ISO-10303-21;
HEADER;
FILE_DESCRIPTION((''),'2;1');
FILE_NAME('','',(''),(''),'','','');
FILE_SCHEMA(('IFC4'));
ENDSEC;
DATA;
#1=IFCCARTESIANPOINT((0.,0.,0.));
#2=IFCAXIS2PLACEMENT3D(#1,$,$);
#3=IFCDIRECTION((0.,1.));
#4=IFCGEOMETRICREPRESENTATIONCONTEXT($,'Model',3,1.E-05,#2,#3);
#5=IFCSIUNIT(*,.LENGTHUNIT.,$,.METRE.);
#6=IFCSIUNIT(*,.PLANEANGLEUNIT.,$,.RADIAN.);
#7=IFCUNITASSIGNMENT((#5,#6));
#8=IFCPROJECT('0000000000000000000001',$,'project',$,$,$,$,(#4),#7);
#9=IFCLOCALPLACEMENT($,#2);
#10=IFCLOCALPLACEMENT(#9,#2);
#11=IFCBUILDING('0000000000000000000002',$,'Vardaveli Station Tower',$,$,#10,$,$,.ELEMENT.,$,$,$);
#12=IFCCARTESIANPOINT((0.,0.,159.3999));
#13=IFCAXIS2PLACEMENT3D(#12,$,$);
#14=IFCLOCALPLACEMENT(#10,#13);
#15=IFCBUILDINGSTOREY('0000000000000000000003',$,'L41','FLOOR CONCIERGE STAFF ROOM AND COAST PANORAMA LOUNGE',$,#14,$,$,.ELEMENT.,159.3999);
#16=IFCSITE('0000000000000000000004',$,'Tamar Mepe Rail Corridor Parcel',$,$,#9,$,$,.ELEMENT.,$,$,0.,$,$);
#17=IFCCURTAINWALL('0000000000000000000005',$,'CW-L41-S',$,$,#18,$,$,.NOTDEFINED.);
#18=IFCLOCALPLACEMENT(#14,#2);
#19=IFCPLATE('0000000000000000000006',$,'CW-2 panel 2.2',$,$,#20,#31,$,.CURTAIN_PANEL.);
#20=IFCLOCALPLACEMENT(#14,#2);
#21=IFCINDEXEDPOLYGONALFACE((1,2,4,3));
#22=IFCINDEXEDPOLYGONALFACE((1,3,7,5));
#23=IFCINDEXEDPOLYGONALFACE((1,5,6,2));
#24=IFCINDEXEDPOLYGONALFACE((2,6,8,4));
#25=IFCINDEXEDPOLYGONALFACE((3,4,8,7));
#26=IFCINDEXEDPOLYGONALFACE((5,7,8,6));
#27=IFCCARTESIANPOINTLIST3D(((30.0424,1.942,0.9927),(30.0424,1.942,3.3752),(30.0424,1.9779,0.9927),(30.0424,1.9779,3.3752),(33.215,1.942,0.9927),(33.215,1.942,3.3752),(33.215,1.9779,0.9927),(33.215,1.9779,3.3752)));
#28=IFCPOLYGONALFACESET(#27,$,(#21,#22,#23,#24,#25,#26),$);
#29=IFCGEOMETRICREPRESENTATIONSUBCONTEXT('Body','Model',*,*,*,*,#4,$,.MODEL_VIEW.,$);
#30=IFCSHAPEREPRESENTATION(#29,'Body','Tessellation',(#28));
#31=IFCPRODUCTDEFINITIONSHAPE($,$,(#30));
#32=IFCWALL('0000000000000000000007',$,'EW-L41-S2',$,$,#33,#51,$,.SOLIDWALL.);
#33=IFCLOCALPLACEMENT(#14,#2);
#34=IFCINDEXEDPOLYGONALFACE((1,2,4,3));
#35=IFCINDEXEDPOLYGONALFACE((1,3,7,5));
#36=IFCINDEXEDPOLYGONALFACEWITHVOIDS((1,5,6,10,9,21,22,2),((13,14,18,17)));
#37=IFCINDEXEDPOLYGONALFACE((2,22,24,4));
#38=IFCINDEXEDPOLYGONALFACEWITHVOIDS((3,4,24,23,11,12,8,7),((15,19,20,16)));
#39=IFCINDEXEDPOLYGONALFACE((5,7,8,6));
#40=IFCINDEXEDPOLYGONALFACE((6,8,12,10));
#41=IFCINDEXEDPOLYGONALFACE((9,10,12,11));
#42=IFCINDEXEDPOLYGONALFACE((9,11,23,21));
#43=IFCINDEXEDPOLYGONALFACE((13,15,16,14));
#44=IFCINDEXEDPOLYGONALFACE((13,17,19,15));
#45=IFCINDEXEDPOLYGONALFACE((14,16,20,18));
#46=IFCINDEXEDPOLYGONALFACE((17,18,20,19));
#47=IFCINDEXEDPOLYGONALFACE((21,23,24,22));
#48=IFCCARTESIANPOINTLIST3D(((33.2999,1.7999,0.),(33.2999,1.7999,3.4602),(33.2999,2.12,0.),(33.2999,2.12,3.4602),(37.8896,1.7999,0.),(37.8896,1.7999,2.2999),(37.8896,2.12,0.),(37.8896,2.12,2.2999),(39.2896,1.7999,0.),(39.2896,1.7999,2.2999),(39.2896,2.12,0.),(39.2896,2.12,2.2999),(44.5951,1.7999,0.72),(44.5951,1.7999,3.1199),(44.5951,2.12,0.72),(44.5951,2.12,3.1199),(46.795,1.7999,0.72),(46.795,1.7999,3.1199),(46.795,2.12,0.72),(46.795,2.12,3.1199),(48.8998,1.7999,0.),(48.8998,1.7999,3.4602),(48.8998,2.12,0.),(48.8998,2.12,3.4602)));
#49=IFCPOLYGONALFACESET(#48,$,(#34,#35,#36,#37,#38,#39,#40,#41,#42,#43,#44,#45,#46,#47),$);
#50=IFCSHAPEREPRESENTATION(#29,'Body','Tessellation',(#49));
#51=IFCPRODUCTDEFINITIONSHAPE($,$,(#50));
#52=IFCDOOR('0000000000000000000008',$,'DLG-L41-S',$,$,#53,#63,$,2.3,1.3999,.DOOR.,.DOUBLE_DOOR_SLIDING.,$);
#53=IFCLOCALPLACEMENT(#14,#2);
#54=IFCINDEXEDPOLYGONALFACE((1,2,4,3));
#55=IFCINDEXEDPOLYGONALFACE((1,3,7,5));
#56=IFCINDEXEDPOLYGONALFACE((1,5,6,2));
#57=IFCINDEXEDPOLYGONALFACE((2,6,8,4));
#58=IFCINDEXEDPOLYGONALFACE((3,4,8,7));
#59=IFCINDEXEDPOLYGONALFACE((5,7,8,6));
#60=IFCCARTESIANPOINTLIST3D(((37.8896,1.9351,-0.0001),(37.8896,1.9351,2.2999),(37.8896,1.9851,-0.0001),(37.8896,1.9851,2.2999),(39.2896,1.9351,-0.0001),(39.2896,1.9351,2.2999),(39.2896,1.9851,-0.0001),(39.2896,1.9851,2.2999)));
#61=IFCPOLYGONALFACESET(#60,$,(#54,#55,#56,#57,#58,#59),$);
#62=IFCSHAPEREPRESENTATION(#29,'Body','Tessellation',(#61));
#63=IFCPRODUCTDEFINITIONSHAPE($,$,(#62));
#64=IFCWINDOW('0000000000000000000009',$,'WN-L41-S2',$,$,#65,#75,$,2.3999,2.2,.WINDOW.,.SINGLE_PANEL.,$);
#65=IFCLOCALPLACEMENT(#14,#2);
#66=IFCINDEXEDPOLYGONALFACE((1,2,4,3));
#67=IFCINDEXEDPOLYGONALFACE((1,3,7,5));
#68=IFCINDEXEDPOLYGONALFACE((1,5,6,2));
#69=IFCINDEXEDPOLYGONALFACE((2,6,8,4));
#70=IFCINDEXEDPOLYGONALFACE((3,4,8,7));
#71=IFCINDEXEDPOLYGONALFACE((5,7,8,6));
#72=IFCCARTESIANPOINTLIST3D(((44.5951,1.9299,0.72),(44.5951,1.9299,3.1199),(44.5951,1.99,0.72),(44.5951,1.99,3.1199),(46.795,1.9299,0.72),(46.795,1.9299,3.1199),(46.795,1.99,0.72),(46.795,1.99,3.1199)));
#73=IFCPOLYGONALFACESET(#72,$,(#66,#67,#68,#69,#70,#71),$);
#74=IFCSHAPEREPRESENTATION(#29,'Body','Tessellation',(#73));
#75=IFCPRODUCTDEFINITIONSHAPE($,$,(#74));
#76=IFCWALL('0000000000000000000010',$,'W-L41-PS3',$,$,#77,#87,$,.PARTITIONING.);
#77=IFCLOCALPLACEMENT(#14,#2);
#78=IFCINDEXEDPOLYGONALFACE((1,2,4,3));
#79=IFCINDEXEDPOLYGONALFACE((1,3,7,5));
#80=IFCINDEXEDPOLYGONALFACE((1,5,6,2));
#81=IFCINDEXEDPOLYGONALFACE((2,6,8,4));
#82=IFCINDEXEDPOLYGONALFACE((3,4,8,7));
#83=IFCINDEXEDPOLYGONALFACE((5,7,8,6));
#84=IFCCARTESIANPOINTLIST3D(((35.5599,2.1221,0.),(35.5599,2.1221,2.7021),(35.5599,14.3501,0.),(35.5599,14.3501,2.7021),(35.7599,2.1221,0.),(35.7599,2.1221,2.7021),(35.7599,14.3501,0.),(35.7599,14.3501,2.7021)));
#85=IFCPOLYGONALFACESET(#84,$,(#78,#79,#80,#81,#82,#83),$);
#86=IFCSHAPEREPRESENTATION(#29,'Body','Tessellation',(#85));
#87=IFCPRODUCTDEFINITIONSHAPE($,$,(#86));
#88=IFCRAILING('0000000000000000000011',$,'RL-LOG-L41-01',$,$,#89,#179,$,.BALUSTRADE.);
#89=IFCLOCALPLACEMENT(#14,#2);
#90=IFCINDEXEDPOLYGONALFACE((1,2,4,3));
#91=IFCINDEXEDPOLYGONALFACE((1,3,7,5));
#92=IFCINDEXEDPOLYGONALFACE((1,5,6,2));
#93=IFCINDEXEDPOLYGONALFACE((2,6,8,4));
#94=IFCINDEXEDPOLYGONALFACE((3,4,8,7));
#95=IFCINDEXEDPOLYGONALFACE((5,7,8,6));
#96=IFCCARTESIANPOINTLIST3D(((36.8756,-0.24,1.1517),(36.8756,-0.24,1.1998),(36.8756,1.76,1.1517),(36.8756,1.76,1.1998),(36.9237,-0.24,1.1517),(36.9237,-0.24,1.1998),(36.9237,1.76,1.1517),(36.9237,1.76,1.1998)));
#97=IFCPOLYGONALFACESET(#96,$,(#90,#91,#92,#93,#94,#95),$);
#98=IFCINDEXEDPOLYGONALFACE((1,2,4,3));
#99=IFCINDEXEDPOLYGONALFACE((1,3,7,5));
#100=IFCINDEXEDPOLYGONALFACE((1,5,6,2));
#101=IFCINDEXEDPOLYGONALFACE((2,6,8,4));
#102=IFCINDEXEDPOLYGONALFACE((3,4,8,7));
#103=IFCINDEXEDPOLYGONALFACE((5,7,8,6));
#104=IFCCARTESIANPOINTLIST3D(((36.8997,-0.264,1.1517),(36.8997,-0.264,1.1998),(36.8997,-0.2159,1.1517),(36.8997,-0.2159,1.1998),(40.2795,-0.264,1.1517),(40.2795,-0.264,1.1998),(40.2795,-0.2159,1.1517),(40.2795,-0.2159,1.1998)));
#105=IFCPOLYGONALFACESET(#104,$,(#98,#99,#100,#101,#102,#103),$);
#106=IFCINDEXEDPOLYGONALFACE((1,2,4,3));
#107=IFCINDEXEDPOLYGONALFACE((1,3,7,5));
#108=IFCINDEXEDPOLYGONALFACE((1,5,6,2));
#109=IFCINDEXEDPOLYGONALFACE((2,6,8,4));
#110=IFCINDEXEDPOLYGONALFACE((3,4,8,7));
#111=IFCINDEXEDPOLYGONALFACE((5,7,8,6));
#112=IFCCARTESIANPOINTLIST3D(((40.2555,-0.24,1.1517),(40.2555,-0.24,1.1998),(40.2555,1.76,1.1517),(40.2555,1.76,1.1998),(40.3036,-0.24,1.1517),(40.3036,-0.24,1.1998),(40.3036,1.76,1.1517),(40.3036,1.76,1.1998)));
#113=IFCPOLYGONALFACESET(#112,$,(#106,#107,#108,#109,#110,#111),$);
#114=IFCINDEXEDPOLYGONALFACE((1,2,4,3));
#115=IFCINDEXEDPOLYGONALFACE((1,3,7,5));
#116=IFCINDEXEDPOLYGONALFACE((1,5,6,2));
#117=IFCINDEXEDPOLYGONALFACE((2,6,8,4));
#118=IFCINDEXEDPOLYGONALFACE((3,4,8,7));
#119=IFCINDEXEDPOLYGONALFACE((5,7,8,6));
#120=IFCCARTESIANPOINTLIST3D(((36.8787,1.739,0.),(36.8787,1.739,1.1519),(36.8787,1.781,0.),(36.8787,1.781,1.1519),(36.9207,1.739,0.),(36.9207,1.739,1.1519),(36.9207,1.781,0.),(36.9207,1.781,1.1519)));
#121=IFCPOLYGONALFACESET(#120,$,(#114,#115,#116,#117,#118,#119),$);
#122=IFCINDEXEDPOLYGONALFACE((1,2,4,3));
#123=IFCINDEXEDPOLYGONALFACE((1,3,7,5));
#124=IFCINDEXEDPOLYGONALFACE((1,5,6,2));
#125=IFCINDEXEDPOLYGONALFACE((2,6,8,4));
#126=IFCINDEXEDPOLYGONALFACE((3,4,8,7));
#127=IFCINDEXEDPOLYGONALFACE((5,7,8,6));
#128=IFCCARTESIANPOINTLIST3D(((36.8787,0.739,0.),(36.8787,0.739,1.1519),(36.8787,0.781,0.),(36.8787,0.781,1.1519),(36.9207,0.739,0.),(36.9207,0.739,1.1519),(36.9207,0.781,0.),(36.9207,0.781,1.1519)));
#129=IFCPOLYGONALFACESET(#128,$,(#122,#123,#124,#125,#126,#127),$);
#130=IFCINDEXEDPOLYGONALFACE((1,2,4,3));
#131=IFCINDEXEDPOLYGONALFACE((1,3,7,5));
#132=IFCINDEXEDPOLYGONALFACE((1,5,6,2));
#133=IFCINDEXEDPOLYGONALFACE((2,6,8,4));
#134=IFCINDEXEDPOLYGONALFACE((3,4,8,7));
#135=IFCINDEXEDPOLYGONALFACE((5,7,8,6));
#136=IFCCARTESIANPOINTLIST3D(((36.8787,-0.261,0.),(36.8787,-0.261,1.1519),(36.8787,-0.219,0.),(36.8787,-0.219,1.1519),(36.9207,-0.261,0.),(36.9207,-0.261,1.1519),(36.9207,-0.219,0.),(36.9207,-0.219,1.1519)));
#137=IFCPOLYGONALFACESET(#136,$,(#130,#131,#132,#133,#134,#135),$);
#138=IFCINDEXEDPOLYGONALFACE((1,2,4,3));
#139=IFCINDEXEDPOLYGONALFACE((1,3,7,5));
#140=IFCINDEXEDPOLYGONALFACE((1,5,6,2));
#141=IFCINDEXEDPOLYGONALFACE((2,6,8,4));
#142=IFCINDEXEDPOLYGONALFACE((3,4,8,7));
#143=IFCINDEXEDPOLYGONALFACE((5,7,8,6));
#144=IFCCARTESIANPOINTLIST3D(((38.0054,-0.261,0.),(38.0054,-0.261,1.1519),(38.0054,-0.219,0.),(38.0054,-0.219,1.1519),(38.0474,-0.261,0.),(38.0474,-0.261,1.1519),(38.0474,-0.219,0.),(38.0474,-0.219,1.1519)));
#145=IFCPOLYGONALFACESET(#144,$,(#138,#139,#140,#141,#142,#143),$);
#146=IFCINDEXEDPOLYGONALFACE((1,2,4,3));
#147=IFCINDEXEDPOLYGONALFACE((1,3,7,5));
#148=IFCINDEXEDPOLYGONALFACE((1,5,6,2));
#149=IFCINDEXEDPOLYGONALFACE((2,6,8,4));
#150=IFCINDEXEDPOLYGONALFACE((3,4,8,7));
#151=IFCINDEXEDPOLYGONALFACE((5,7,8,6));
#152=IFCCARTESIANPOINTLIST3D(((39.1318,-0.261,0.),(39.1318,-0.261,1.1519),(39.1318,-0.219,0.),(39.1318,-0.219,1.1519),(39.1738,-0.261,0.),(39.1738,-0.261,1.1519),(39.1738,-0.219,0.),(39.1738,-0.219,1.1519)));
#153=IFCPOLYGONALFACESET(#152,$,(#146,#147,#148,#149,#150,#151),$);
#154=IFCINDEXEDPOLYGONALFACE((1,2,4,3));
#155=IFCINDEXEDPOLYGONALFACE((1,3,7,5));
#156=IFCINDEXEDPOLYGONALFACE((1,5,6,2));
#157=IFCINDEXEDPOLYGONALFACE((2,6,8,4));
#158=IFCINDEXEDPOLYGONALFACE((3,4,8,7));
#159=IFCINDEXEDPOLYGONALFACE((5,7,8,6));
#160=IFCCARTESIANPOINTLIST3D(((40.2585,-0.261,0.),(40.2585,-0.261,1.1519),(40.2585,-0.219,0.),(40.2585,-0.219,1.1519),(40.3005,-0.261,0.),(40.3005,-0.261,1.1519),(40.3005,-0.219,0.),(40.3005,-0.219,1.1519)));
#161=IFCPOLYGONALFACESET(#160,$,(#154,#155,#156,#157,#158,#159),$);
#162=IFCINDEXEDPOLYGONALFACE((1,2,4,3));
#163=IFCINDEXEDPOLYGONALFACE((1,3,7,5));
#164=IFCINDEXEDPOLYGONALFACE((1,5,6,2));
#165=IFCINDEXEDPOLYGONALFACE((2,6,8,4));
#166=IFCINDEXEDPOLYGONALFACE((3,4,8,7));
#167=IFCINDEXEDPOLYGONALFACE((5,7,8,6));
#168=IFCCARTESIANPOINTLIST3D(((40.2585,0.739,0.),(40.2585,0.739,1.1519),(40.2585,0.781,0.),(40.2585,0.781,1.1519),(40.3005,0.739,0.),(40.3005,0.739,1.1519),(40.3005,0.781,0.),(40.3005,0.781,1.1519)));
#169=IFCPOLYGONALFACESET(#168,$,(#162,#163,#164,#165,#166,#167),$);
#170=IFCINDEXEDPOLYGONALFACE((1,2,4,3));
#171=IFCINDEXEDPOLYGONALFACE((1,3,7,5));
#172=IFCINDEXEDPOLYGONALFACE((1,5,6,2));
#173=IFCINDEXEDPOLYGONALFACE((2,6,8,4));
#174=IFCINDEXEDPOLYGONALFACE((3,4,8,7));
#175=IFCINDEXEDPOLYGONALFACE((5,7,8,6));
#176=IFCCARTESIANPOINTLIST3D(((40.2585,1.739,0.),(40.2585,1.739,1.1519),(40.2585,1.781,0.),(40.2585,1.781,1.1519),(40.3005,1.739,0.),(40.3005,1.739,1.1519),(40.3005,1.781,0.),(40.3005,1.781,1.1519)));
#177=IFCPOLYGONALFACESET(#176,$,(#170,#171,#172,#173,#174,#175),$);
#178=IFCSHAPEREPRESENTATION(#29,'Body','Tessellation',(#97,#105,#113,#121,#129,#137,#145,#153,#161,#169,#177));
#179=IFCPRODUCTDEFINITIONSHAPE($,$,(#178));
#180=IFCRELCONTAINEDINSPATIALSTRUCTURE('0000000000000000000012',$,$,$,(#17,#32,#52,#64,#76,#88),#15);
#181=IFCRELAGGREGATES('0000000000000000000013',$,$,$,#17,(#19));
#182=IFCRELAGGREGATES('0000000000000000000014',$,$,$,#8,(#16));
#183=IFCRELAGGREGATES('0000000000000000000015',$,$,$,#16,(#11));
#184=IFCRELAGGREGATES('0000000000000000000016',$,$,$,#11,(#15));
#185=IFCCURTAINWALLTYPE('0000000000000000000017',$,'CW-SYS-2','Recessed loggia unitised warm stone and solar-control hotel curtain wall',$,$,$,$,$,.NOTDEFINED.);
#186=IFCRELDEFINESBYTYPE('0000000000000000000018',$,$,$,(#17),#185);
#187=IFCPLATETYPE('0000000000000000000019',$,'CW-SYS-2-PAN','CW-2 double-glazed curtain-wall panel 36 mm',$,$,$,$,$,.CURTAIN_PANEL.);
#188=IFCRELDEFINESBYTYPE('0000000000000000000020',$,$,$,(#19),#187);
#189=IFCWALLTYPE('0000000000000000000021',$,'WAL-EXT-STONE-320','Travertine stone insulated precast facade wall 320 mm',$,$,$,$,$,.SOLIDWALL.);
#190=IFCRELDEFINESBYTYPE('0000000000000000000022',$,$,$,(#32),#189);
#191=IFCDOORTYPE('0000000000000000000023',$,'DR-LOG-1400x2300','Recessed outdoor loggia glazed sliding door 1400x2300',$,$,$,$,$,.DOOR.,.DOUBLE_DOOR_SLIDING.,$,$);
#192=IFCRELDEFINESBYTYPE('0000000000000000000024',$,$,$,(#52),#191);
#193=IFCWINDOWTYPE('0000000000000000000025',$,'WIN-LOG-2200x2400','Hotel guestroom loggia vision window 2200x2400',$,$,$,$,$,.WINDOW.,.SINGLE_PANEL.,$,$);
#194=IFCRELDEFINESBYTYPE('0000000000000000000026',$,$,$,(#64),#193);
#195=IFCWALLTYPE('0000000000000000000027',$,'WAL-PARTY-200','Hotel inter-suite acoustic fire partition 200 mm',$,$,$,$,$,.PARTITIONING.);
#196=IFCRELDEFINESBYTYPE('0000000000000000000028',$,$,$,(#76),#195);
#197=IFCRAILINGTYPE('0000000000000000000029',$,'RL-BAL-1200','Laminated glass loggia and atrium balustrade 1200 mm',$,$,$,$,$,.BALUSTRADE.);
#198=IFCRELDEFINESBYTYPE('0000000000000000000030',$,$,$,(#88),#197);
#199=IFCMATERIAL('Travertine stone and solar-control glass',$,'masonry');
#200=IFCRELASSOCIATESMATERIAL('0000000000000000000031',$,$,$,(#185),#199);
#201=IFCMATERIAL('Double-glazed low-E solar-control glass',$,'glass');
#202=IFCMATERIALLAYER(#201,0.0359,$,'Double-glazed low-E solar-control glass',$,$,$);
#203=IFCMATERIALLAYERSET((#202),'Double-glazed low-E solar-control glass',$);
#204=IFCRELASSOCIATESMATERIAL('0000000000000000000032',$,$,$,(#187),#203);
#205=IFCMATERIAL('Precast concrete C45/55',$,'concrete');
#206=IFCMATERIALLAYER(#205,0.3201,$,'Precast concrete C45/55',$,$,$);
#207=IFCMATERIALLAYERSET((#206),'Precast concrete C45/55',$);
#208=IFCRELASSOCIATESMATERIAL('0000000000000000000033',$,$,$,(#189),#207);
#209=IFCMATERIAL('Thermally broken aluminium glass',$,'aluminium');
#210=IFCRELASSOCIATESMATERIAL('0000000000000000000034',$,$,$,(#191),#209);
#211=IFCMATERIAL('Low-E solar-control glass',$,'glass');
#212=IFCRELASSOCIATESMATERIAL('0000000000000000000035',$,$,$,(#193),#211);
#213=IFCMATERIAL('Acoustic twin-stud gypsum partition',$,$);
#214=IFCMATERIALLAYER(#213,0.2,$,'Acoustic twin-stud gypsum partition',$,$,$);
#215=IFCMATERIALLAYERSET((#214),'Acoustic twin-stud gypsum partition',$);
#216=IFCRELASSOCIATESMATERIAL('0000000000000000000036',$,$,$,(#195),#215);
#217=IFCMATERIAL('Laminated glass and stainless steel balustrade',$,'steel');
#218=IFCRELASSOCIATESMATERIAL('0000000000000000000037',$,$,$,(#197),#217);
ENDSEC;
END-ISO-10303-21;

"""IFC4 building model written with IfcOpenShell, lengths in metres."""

from ifc_helpers import new_model, si_unit, direction, frame, frame_2d, origin, origin_2d, place, context, subcontext, project, spatial, rectangle, extrude, source, transform, mapped, material, layer, layer_set, type_object, element, fill, aggregate, save


model = new_model("IFC4")

# Units and contexts
model_context = context("Model", 3, precision=1e-05, world=origin(), true_north=direction((0.0, 1.0)))
body_context = subcontext(model_context, "Body", "Model", "MODEL_VIEW")
ifc_project = project(units=[si_unit("LENGTHUNIT", "METRE"), si_unit("PLANEANGLEUNIT", "RADIAN")], contexts=[model_context])

# Site, building, storey
site_placement = place(None, origin())
site = spatial("IfcSite", under=ifc_project, at=site_placement, Name="Tamar Mepe Rail Corridor Parcel", CompositionType="ELEMENT", RefElevation=0.0)
building_placement = place(site_placement, origin())
building = spatial("IfcBuilding", under=site, at=building_placement, Name="Vardaveli Station Tower", CompositionType="ELEMENT")
storey_placement = place(building_placement, frame((0.0, 0.0, 159.3999)))
storey = spatial("IfcBuildingStorey", under=building, at=storey_placement, Name="L41", Description="FLOOR CONCIERGE STAFF ROOM AND COAST PANORAMA LOUNGE", CompositionType="ELEMENT", Elevation=159.3999)

# Shared definitions
ifc_material_1 = material(Name="Precast concrete C45/55", Category="concrete")

# Curtain wall, plate
ifc_material_2 = material(Name="Travertine stone and solar-control glass", Category="masonry")
curtain_wall_type = type_object("IfcCurtainWallType", Name="CW-SYS-2", Description="Recessed loggia unitised warm stone and solar-control hotel curtain wall", PredefinedType="NOTDEFINED", material=ifc_material_2)
curtain_wall_placement = place(storey_placement, origin())
curtain_wall = element("IfcCurtainWall", 1, at=curtain_wall_placement, inside=storey, type_object=curtain_wall_type, Name="CW-L41-S", PredefinedType="NOTDEFINED")
ifc_material_3 = material(Name="Double-glazed low-E solar-control glass", Category="glass")
ifc_layer_1 = layer(ifc_material_3, 0.0359, Name="Double-glazed low-E solar-control glass")
ifc_layer_set_1 = layer_set([ifc_layer_1], Name="Double-glazed low-E solar-control glass")
plate_type = type_object("IfcPlateType", Name="CW-SYS-2-PAN", Description="CW-2 double-glazed curtain-wall panel 36 mm", PredefinedType="CURTAIN_PANEL", material=ifc_layer_set_1)
shared_shape_1 = source(origin(), body_context, "Body", "SweptSolid", [
    extrude(rectangle(XDim=3.1726, YDim=0.0359, at=origin_2d()), origin(), (0.0, 0.0, 1.0), 2.3826),
])
plate_1_placement = place(storey_placement, frame((31.6287, 1.96, 0.9927), z_axis=(0.0, 0.0, 1.0), x_axis=(1.0, 0.0, 0.0)))
plate_1 = element("IfcPlate", 2, at=plate_1_placement, type_object=plate_type, Name="CW-2 panel 2.2", PredefinedType="CURTAIN_PANEL", context=body_context, shape_type="MappedRepresentation", body=[
    mapped(shared_shape_1, transform((0.0, 0.0, 0.0), scale=1.0)),
])
aggregate(curtain_wall, [plate_1])

# Wall, openings, door, window
ifc_layer_2 = layer(ifc_material_1, 0.3201, Name="Precast concrete C45/55")
ifc_layer_set_2 = layer_set([ifc_layer_2], Name="Precast concrete C45/55")
wall_type_1 = type_object("IfcWallType", Name="WAL-EXT-STONE-320", Description="Travertine stone insulated precast facade wall 320 mm", PredefinedType="SOLIDWALL", material=ifc_layer_set_2)
shared_shape_2 = source(origin(), body_context, "Body", "SweptSolid", [
    extrude(rectangle(XDim=15.5999, YDim=0.3201, at=frame_2d((7.7998, 0.0))), origin(), (0.0, 0.0, 1.0), 3.4602),
])
wall_1_placement = place(storey_placement, frame((33.3, 1.96, 0.0), z_axis=(0.0, 0.0, 1.0), x_axis=(1.0, 0.0, 0.0)))
wall_1 = element("IfcWall", 3, at=wall_1_placement, inside=storey, type_object=wall_type_1, Name="EW-L41-S2", PredefinedType="SOLIDWALL", context=body_context, shape_type="MappedRepresentation", body=[
    mapped(shared_shape_2, transform((0.0, 0.0, 0.0), scale=1.0)),
])
shared_shape_3 = source(origin(), body_context, "Body", "SweptSolid", [
    extrude(rectangle(XDim=1.3999, YDim=2.3, at=frame_2d((0.7, 1.1499))), frame((0.0, 0.1699, 0.0), z_axis=(0.0, -1.0, 0.0), x_axis=(1.0, 0.0, 0.0)), (0.0, 0.0, 1.0), 0.3401),
])
opening_1_placement = place(wall_1_placement, frame((4.5896, 0.0, 0.0)))
opening_1 = element("IfcOpeningElement", 4, at=opening_1_placement, cuts=wall_1, PredefinedType="OPENING", context=body_context, shape_type="MappedRepresentation", body=[
    mapped(shared_shape_3, transform((0.0, 0.0, 0.0), scale=1.0)),
])
shared_shape_4 = source(origin(), body_context, "Body", "SweptSolid", [
    extrude(rectangle(XDim=2.2, YDim=2.3999, at=frame_2d((1.1001, 1.2))), frame((0.0, 0.1699, 0.0), z_axis=(0.0, -1.0, 0.0), x_axis=(1.0, 0.0, 0.0)), (0.0, 0.0, 1.0), 0.3401),
])
opening_2_placement = place(wall_1_placement, frame((11.2949, 0.0, 0.72)))
opening_2 = element("IfcOpeningElement", 5, at=opening_2_placement, cuts=wall_1, PredefinedType="OPENING", context=body_context, shape_type="MappedRepresentation", body=[
    mapped(shared_shape_4, transform((0.0, 0.0, 0.0), scale=1.0)),
])
ifc_material_4 = material(Name="Thermally broken aluminium glass", Category="aluminium")
door_type_1 = type_object("IfcDoorType", Name="DR-LOG-1400x2300", Description="Recessed outdoor loggia glazed sliding door 1400x2300", OperationType="DOUBLE_DOOR_SLIDING", PredefinedType="DOOR", material=ifc_material_4)
shared_shape_5 = source(origin(), body_context, "Body", "SweptSolid", [
    extrude(rectangle(XDim=1.3999, YDim=2.3, at=frame_2d((0.7, 1.1499))), frame((0.0, 0.0249, 0.0), z_axis=(0.0, -1.0, 0.0), x_axis=(1.0, 0.0, 0.0)), (0.0, 0.0, 1.0), 0.05),
])
door_1_placement = place(opening_1_placement, frame((1.3999, 0.0, 0.0), z_axis=(0.0, 0.0, 1.0), x_axis=(-1.0, 0.0, 0.0)))
door_1 = element("IfcDoor", 6, at=door_1_placement, inside=storey, type_object=door_type_1, Name="DLG-L41-S", OperationType="DOUBLE_DOOR_SLIDING", OverallHeight=2.3, OverallWidth=1.3999, PredefinedType="DOOR", context=body_context, shape_type="MappedRepresentation", body=[
    mapped(shared_shape_5, transform((0.0, 0.0, 0.0), scale=1.0)),
])
fill(opening_1, door_1)
ifc_material_5 = material(Name="Low-E solar-control glass", Category="glass")
window_type = type_object("IfcWindowType", Name="WIN-LOG-2200x2400", Description="Hotel guestroom loggia vision window 2200x2400", PartitioningType="SINGLE_PANEL", PredefinedType="WINDOW", material=ifc_material_5)
shared_shape_6 = source(origin(), body_context, "Body", "SweptSolid", [
    extrude(rectangle(XDim=2.2, YDim=2.3999, at=frame_2d((1.1001, 1.2))), frame((0.0, 0.03, 0.0), z_axis=(0.0, -1.0, 0.0), x_axis=(1.0, 0.0, 0.0)), (0.0, 0.0, 1.0), 0.0601),
])
window_placement = place(opening_2_placement, origin())
window = element("IfcWindow", 7, at=window_placement, inside=storey, type_object=window_type, Name="WN-L41-S2", OverallHeight=2.3999, OverallWidth=2.2, PartitioningType="SINGLE_PANEL", PredefinedType="WINDOW", context=body_context, shape_type="MappedRepresentation", body=[
    mapped(shared_shape_6, transform((0.0, 0.0, 0.0), scale=1.0)),
])
fill(opening_2, window)

# Wall
ifc_material_6 = material(Name="Acoustic twin-stud gypsum partition")
ifc_layer_3 = layer(ifc_material_6, 0.2, Name="Acoustic twin-stud gypsum partition")
ifc_layer_set_3 = layer_set([ifc_layer_3], Name="Acoustic twin-stud gypsum partition")
wall_type_2 = type_object("IfcWallType", Name="WAL-PARTY-200", Description="Hotel inter-suite acoustic fire partition 200 mm", PredefinedType="PARTITIONING", material=ifc_layer_set_3)
shared_shape_7 = source(origin(), body_context, "Body", "SweptSolid", [
    extrude(rectangle(XDim=12.228, YDim=0.2, at=frame_2d((6.114, 0.0))), origin(), (0.0, 0.0, 1.0), 2.7021),
])
wall_2_placement = place(storey_placement, frame((35.6599, 2.1221, 0.0), z_axis=(0.0, 0.0, 1.0), x_axis=(0.0, 1.0, 0.0)))
element("IfcWall", 8, at=wall_2_placement, inside=storey, type_object=wall_type_2, Name="W-L41-PS3", PredefinedType="PARTITIONING", context=body_context, shape_type="MappedRepresentation", body=[
    mapped(shared_shape_7, transform((0.0, 0.0, 0.0), scale=1.0)),
])

# Railing
ifc_material_7 = material(Name="Laminated glass and stainless steel balustrade", Category="steel")
railing_type = type_object("IfcRailingType", Name="RL-BAL-1200", Description="Laminated glass loggia and atrium balustrade 1200 mm", PredefinedType="BALUSTRADE", material=ifc_material_7)
shared_shape_8 = source(origin(), body_context, "Body", "SweptSolid", [
    extrude(rectangle(XDim=0.0481, YDim=0.0481, at=origin_2d()), frame((0.0, 0.0, 1.1758), z_axis=(0.0, -1.0, 0.0), x_axis=(1.0, 0.0, 0.0)), (0.0, 0.0, 1.0), 2.0),
    extrude(rectangle(XDim=0.0481, YDim=0.0481, at=origin_2d()), frame((0.0, -2.0, 1.1758), z_axis=(1.0, 0.0, 0.0), x_axis=(0.0, 1.0, 0.0)), (0.0, 0.0, 1.0), 3.3799),
    extrude(rectangle(XDim=0.0481, YDim=0.0481, at=origin_2d()), frame((3.3799, -2.0, 1.1758), z_axis=(0.0, 1.0, 0.0), x_axis=(-1.0, 0.0, 0.0)), (0.0, 0.0, 1.0), 2.0),
    extrude(rectangle(XDim=0.042, YDim=0.042, at=origin_2d()), origin(), (0.0, 0.0, 1.0), 1.1519),
    extrude(rectangle(XDim=0.042, YDim=0.042, at=origin_2d()), frame((0.0, -1.0, 0.0)), (0.0, 0.0, 1.0), 1.1519),
    extrude(rectangle(XDim=0.042, YDim=0.042, at=origin_2d()), frame((0.0, -2.0, 0.0)), (0.0, 0.0, 1.0), 1.1519),
    extrude(rectangle(XDim=0.042, YDim=0.042, at=origin_2d()), frame((1.1267, -2.0, 0.0)), (0.0, 0.0, 1.0), 1.1519),
    extrude(rectangle(XDim=0.042, YDim=0.042, at=origin_2d()), frame((2.2532, -2.0, 0.0)), (0.0, 0.0, 1.0), 1.1519),
    extrude(rectangle(XDim=0.042, YDim=0.042, at=origin_2d()), frame((3.3799, -2.0, 0.0)), (0.0, 0.0, 1.0), 1.1519),
    extrude(rectangle(XDim=0.042, YDim=0.042, at=origin_2d()), frame((3.3799, -1.0, 0.0)), (0.0, 0.0, 1.0), 1.1519),
    extrude(rectangle(XDim=0.042, YDim=0.042, at=origin_2d()), frame((3.3799, 0.0, 0.0)), (0.0, 0.0, 1.0), 1.1519),
])
railing_placement = place(storey_placement, frame((36.8997, 1.76, 0.0)))
element("IfcRailing", 9, at=railing_placement, inside=storey, type_object=railing_type, Name="RL-LOG-L41-01", PredefinedType="BALUSTRADE", context=body_context, shape_type="MappedRepresentation", body=[
    mapped(shared_shape_8, transform((0.0, 0.0, 0.0), scale=1.0)),
])

save(model, "model.ifc")
